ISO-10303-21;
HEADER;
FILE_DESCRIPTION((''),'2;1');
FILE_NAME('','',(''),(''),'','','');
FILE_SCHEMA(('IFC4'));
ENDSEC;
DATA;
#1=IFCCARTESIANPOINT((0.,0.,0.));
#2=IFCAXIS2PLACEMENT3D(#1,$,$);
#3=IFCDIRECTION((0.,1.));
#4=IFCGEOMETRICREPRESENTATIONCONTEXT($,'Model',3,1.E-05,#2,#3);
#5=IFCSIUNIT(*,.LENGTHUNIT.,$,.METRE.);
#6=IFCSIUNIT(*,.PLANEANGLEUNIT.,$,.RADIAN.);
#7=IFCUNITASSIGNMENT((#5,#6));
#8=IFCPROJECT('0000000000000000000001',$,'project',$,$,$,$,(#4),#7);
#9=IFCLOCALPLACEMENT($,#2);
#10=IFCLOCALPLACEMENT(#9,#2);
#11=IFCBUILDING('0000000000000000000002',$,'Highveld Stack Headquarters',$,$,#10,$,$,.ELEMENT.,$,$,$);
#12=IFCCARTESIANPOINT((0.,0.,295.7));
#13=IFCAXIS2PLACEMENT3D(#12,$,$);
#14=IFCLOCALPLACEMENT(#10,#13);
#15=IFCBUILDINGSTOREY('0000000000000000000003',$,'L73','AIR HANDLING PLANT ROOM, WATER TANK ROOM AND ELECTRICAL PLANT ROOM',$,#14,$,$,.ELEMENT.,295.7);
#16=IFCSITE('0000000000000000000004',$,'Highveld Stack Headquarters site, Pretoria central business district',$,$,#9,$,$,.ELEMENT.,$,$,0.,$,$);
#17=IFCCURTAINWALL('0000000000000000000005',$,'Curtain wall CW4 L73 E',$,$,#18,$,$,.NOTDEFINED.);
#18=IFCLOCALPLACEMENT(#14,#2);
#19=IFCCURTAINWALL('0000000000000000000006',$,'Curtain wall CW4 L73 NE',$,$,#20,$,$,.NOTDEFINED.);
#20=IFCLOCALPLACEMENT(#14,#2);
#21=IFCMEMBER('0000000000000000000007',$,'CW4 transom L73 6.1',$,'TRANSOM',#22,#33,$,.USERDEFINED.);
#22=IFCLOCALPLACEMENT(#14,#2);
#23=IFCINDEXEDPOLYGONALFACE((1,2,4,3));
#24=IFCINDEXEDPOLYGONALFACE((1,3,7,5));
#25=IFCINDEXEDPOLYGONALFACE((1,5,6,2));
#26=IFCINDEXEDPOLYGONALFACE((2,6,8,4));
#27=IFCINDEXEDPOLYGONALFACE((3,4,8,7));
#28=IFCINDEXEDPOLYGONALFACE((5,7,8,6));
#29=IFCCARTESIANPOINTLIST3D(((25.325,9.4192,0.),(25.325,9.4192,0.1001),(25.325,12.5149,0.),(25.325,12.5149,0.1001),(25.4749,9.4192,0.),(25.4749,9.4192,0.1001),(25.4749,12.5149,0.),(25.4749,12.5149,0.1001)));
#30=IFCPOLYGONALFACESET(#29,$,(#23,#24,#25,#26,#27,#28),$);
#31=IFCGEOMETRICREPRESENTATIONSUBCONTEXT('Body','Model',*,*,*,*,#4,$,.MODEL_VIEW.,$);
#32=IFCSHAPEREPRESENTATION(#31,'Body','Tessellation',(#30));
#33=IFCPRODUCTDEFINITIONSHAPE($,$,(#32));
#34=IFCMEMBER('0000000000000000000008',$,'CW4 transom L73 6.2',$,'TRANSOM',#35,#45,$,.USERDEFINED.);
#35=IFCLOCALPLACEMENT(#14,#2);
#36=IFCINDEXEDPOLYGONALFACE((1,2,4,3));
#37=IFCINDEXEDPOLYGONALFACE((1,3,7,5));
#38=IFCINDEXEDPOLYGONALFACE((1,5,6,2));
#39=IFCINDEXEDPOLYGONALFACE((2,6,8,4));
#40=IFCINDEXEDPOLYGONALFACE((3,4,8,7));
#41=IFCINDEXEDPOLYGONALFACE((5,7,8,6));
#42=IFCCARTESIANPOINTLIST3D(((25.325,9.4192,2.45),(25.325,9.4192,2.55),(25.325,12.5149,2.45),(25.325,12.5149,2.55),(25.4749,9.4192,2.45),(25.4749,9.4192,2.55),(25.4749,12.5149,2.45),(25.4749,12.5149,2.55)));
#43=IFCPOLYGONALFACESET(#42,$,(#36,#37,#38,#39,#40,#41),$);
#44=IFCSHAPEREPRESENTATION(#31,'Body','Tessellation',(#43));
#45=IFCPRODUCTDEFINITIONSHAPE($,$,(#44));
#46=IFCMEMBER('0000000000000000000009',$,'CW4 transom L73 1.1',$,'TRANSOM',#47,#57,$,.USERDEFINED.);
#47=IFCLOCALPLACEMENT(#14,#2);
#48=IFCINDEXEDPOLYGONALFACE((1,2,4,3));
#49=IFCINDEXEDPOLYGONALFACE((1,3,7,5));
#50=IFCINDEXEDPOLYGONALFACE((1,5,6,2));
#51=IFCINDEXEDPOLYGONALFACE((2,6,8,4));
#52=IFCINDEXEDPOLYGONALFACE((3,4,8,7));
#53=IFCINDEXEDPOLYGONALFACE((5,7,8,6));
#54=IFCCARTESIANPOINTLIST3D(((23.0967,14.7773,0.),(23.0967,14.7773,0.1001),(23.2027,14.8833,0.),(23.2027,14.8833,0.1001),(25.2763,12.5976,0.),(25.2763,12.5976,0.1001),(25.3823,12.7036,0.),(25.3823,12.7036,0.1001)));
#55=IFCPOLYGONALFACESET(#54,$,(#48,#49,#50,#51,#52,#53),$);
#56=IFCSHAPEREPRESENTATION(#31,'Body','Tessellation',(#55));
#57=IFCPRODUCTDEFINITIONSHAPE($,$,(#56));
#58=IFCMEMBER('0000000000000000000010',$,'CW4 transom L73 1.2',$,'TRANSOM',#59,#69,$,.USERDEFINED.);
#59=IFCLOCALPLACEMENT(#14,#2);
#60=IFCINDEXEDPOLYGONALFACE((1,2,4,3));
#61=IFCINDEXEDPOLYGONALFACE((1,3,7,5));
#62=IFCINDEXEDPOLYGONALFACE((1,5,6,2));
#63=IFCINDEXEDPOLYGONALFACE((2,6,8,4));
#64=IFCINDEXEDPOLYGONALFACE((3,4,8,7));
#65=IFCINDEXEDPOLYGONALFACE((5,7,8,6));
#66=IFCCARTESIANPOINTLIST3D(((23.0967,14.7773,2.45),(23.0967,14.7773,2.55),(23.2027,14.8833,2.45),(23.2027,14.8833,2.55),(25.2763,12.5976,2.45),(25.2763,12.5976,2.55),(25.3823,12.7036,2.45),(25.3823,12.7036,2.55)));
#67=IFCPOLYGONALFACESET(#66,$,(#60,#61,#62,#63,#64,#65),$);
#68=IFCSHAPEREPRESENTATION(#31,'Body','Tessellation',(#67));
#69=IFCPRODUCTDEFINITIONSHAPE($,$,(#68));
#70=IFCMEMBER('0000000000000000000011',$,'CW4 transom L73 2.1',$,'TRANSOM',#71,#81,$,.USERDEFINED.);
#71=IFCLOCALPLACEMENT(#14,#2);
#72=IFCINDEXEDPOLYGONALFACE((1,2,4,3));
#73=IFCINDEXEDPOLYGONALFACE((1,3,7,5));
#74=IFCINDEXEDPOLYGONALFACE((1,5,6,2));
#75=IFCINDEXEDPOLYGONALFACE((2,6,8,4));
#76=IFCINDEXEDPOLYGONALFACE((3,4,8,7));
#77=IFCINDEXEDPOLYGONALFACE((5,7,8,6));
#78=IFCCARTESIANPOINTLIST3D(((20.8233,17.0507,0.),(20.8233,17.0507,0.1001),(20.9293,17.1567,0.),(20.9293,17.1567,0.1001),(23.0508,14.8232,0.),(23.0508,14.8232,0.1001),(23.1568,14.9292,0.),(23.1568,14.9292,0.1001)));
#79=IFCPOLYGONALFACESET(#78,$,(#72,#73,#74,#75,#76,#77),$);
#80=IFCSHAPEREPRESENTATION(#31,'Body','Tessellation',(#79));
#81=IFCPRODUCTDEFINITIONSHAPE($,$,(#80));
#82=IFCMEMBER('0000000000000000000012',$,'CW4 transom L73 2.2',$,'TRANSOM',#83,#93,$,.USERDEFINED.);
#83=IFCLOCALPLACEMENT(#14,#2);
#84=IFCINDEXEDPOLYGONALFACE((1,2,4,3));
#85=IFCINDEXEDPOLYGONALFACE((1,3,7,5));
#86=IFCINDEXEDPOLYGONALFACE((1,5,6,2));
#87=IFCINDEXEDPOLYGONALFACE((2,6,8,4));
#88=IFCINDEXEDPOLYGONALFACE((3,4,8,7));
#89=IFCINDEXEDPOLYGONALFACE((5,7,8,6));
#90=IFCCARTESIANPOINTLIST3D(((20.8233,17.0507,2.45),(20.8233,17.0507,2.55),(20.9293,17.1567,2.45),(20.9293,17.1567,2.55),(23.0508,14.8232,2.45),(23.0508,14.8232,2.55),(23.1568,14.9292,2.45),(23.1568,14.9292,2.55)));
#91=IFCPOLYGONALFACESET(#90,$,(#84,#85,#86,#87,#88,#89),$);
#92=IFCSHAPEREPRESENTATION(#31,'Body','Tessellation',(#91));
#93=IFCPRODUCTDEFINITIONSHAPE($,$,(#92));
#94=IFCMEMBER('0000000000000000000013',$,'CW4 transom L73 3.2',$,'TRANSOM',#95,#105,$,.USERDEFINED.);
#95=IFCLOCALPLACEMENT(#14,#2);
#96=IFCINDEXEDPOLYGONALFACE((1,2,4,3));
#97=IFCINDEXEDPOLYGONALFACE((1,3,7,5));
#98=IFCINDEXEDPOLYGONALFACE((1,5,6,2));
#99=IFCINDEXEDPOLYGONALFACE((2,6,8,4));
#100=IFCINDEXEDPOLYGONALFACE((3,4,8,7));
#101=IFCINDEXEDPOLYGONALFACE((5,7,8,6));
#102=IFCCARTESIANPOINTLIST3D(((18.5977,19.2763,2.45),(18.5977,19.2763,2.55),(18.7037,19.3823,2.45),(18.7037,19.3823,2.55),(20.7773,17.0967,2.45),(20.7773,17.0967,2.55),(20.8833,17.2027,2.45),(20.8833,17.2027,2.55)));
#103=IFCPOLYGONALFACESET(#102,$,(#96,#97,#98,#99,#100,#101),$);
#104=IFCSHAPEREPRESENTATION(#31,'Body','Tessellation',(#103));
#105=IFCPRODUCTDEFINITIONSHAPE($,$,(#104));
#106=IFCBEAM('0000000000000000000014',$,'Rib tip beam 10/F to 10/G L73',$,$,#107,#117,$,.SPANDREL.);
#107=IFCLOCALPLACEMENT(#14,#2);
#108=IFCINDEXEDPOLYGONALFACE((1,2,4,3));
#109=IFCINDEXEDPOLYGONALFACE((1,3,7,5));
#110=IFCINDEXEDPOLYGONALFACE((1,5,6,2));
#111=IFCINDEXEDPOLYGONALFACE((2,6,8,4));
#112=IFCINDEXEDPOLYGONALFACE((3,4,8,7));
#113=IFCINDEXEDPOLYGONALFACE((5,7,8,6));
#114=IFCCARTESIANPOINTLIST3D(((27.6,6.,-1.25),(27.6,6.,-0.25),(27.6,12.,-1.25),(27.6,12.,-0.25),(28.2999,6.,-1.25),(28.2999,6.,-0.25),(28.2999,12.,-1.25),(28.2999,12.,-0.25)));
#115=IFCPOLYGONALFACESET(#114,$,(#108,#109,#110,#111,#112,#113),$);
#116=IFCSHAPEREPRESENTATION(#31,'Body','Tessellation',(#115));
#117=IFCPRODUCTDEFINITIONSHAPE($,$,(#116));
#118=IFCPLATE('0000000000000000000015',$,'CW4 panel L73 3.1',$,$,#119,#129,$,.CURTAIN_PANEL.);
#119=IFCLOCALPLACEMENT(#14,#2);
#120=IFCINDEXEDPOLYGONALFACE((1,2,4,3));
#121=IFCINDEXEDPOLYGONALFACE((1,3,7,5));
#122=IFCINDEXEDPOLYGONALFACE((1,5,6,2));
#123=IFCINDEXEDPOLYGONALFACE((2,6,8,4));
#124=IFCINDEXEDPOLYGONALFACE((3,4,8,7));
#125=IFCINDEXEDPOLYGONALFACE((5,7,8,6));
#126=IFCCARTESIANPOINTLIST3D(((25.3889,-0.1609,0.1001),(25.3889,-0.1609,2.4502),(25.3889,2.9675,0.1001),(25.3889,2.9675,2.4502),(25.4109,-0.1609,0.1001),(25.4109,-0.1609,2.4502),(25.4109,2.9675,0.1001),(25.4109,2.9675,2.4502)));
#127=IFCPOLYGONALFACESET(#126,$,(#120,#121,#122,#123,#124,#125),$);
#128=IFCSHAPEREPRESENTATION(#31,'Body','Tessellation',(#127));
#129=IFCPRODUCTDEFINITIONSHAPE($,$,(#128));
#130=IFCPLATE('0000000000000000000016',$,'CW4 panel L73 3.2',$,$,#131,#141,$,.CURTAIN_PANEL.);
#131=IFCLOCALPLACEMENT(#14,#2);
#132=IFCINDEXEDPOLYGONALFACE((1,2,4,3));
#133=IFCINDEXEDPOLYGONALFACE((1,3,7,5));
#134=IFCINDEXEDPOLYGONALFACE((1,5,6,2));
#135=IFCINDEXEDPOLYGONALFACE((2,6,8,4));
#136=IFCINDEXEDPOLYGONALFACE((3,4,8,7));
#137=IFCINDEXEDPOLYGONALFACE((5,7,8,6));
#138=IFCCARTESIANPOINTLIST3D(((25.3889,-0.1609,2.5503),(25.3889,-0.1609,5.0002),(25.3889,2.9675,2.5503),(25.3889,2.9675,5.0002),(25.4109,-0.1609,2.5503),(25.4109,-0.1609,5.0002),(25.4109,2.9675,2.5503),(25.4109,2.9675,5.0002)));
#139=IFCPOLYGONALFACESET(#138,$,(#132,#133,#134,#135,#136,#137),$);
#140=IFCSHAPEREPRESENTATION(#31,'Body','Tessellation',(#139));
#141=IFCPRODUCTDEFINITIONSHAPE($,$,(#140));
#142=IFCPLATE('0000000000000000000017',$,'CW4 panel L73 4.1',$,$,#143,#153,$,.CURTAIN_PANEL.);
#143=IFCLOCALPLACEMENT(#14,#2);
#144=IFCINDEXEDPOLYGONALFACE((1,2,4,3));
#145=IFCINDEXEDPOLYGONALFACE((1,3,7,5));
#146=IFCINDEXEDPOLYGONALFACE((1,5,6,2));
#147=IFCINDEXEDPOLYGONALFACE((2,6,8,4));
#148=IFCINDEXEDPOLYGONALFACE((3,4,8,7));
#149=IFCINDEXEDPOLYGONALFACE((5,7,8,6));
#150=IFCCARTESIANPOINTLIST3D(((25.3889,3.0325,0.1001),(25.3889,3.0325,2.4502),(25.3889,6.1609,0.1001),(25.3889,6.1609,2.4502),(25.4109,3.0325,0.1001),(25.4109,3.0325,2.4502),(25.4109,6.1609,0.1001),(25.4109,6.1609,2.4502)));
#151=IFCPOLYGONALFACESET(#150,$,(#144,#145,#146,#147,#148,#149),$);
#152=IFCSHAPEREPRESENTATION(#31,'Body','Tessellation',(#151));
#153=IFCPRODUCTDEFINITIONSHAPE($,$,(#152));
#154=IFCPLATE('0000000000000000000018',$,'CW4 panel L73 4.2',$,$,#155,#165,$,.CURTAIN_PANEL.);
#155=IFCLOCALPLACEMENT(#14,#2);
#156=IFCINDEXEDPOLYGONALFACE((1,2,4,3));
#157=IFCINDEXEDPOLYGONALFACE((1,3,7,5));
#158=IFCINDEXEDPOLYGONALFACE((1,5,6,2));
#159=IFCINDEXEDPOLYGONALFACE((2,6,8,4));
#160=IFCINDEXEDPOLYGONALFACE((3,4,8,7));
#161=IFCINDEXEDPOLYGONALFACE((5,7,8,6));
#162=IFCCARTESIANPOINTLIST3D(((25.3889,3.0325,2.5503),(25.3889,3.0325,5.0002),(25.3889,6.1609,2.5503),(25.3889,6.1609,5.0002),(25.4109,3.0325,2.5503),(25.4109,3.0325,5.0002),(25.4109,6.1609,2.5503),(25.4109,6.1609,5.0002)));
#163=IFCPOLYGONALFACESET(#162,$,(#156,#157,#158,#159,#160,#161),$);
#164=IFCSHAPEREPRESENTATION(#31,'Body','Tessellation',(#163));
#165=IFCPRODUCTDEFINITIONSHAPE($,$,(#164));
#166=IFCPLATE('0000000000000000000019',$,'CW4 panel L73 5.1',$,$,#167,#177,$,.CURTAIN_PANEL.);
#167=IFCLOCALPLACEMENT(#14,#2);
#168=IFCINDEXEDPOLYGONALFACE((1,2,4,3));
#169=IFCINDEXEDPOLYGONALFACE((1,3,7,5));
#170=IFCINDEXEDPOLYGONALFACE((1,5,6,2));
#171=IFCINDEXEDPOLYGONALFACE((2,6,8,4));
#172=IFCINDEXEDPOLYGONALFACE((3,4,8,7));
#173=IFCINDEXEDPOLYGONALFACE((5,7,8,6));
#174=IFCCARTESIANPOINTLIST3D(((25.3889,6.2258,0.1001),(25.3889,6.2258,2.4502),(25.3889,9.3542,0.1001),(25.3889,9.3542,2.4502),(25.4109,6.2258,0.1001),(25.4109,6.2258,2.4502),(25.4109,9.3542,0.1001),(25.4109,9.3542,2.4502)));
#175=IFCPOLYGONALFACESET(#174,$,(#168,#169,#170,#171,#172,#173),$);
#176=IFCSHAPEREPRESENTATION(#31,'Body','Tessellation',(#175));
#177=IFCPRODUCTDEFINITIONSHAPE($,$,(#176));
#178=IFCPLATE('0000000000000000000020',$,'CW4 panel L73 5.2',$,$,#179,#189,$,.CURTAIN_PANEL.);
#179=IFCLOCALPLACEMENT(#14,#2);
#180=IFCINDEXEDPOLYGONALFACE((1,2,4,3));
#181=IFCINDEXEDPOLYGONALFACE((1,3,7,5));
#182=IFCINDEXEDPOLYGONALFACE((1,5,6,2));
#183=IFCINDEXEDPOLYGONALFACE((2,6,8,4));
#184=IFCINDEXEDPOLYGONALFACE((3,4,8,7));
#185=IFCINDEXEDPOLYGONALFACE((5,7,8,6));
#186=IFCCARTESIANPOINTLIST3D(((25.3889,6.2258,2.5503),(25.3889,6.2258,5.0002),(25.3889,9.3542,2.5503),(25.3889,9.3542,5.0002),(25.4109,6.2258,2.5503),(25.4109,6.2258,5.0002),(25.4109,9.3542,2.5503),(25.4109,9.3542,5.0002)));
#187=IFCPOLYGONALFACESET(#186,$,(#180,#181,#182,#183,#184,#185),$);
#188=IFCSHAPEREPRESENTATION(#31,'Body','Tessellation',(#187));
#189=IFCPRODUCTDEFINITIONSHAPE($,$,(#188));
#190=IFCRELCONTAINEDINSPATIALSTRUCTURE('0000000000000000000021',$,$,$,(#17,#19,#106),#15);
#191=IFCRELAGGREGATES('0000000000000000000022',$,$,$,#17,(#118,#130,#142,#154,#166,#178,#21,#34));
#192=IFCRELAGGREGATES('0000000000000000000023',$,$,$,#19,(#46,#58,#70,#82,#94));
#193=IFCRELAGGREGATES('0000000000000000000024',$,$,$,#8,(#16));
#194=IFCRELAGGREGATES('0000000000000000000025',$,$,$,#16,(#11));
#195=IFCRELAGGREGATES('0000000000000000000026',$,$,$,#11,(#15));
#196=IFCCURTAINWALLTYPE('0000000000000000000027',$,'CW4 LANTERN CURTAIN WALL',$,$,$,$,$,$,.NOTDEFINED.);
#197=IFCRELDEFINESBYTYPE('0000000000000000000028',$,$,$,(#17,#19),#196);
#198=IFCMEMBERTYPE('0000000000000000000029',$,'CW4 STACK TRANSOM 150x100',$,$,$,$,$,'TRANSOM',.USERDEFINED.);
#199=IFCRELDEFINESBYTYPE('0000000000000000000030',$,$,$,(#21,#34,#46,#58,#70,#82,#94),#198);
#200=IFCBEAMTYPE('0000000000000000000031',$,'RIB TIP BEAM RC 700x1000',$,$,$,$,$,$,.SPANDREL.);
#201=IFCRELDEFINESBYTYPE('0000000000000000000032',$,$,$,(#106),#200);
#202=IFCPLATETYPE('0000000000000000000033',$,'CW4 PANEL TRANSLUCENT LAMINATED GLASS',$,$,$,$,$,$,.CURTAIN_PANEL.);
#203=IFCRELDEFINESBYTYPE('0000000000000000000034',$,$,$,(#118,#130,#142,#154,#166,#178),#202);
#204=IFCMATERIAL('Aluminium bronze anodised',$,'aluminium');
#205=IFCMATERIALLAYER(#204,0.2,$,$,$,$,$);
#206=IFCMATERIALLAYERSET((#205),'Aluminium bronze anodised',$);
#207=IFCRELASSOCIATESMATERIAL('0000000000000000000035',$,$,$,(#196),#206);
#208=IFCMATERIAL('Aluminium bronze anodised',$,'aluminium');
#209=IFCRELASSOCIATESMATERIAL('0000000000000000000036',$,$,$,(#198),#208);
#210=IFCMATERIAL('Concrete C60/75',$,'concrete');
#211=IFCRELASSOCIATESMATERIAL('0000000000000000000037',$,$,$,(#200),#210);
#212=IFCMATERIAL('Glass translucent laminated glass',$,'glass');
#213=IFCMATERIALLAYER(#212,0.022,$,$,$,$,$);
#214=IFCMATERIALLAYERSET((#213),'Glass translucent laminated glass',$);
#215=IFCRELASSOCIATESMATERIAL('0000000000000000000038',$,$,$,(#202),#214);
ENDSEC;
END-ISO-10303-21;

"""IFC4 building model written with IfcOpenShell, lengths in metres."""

from ifc_helpers import new_model, si_unit, direction, frame, origin, origin_2d, place, context, subcontext, project, spatial, rectangle, extrude, material, layer, layer_set, material_profile, profile_set, type_object, element, aggregate, save


model = new_model("IFC4")

# Units and contexts
model_context = context("Model", 3, precision=1e-05, world=origin(), true_north=direction((0.0, 1.0)))
body_context = subcontext(model_context, "Body", "Model", "MODEL_VIEW")
ifc_project = project(units=[si_unit("LENGTHUNIT", "METRE"), si_unit("PLANEANGLEUNIT", "RADIAN")], contexts=[model_context])

# Site, building, storey
site_placement = place(None, origin())
site = spatial("IfcSite", under=ifc_project, at=site_placement, Name="Highveld Stack Headquarters site, Pretoria central business district", CompositionType="ELEMENT", RefElevation=0.0)
building_placement = place(site_placement, origin())
building = spatial("IfcBuilding", under=site, at=building_placement, Name="Highveld Stack Headquarters", CompositionType="ELEMENT")
storey_placement = place(building_placement, frame((0.0, 0.0, 295.7)))
storey = spatial("IfcBuildingStorey", under=building, at=storey_placement, Name="L73", Description="AIR HANDLING PLANT ROOM, WATER TANK ROOM AND ELECTRICAL PLANT ROOM", CompositionType="ELEMENT", Elevation=295.7)

# Curtain walls
ifc_material_1 = material(Name="Aluminium bronze anodised", Category="aluminium")
ifc_layer_1 = layer(ifc_material_1, 0.2)
ifc_layer_set_1 = layer_set([ifc_layer_1], Name="Aluminium bronze anodised")
curtain_wall_type = type_object("IfcCurtainWallType", Name="CW4 LANTERN CURTAIN WALL", PredefinedType="NOTDEFINED", material=ifc_layer_set_1)
curtain_wall_1_placement = place(storey_placement, origin())
curtain_wall_1 = element("IfcCurtainWall", 1, at=curtain_wall_1_placement, inside=storey, type_object=curtain_wall_type, Name="Curtain wall CW4 L73 E", PredefinedType="NOTDEFINED")
curtain_wall_2_placement = place(storey_placement, origin())
curtain_wall_2 = element("IfcCurtainWall", 2, at=curtain_wall_2_placement, inside=storey, type_object=curtain_wall_type, Name="Curtain wall CW4 L73 NE", PredefinedType="NOTDEFINED")

# Members
ifc_material_2 = material(Name="Aluminium bronze anodised", Category="aluminium")
ifc_material_profile_1 = material_profile(ifc_material_2, rectangle(XDim=0.1499, YDim=0.1001, at=origin_2d()), Name="CW4 TRANSOM 150x100")
ifc_profile_set_1 = profile_set([ifc_material_profile_1], Name="Aluminium bronze anodised")
member_type_1 = type_object("IfcMemberType", Name="CW4 STACK TRANSOM 150x100", ElementType="TRANSOM", PredefinedType="USERDEFINED", material=ifc_profile_set_1)
member_1_placement = place(storey_placement, frame((25.3999, 9.4192, 0.05), z_axis=(0.0, 1.0, 0.0), x_axis=(-1.0, 0.0, 0.0)))
member_1 = element("IfcMember", 3, at=member_1_placement, type_object=member_type_1, Name="CW4 transom L73 6.1", ObjectType="TRANSOM", PredefinedType="USERDEFINED", context=body_context, shape_type="SweptSolid", body=[
    extrude(rectangle(XDim=0.1499, YDim=0.1001, at=origin_2d()), origin(), (0.0, 0.0, 1.0), 3.0957),
])
member_2_placement = place(storey_placement, frame((25.3999, 9.4192, 2.5), z_axis=(0.0, 1.0, 0.0), x_axis=(-1.0, 0.0, 0.0)))
member_2 = element("IfcMember", 4, at=member_2_placement, type_object=member_type_1, Name="CW4 transom L73 6.2", ObjectType="TRANSOM", PredefinedType="USERDEFINED", context=body_context, shape_type="SweptSolid", body=[
    extrude(rectangle(XDim=0.1499, YDim=0.1001, at=origin_2d()), origin(), (0.0, 0.0, 1.0), 3.0957),
])
member_3_placement = place(storey_placement, frame((25.3293, 12.6506, 0.05), z_axis=(-0.707107, 0.707107, 0.0), x_axis=(-0.707107, -0.707107, 0.0)))
member_3 = element("IfcMember", 5, at=member_3_placement, type_object=member_type_1, Name="CW4 transom L73 1.1", ObjectType="TRANSOM", PredefinedType="USERDEFINED", context=body_context, shape_type="SweptSolid", body=[
    extrude(rectangle(XDim=0.1499, YDim=0.1001, at=origin_2d()), origin(), (0.0, 0.0, 1.0), 3.0825),
])
member_4_placement = place(storey_placement, frame((25.3293, 12.6506, 2.5), z_axis=(-0.707107, 0.707107, 0.0), x_axis=(-0.707107, -0.707107, 0.0)))
member_4 = element("IfcMember", 6, at=member_4_placement, type_object=member_type_1, Name="CW4 transom L73 1.2", ObjectType="TRANSOM", PredefinedType="USERDEFINED", context=body_context, shape_type="SweptSolid", body=[
    extrude(rectangle(XDim=0.1499, YDim=0.1001, at=origin_2d()), origin(), (0.0, 0.0, 1.0), 3.0825),
])
member_5_placement = place(storey_placement, frame((23.1038, 14.8762, 0.05), z_axis=(-0.707107, 0.707107, 0.0), x_axis=(-0.707107, -0.707107, 0.0)))
member_5 = element("IfcMember", 7, at=member_5_placement, type_object=member_type_1, Name="CW4 transom L73 2.1", ObjectType="TRANSOM", PredefinedType="USERDEFINED", context=body_context, shape_type="SweptSolid", body=[
    extrude(rectangle(XDim=0.1499, YDim=0.1001, at=origin_2d()), origin(), (0.0, 0.0, 1.0), 3.1501),
])
member_6_placement = place(storey_placement, frame((23.1038, 14.8762, 2.5), z_axis=(-0.707107, 0.707107, 0.0), x_axis=(-0.707107, -0.707107, 0.0)))
member_6 = element("IfcMember", 8, at=member_6_placement, type_object=member_type_1, Name="CW4 transom L73 2.2", ObjectType="TRANSOM", PredefinedType="USERDEFINED", context=body_context, shape_type="SweptSolid", body=[
    extrude(rectangle(XDim=0.1499, YDim=0.1001, at=origin_2d()), origin(), (0.0, 0.0, 1.0), 3.1501),
])
member_7_placement = place(storey_placement, frame((20.8303, 17.1497, 2.5), z_axis=(-0.707107, 0.707107, 0.0), x_axis=(-0.707107, -0.707107, 0.0)))
member_7 = element("IfcMember", 9, at=member_7_placement, type_object=member_type_1, Name="CW4 transom L73 3.2", ObjectType="TRANSOM", PredefinedType="USERDEFINED", context=body_context, shape_type="SweptSolid", body=[
    extrude(rectangle(XDim=0.1499, YDim=0.1001, at=origin_2d()), origin(), (0.0, 0.0, 1.0), 3.0825),
])

# Beam
ifc_material_3 = material(Name="Concrete C60/75", Category="concrete")
ifc_material_profile_2 = material_profile(ifc_material_3, rectangle(XDim=0.7, YDim=1.0, at=origin_2d()), Name="RC 700x1000")
ifc_profile_set_2 = profile_set([ifc_material_profile_2], Name="Concrete C60/75")
beam_type_1 = type_object("IfcBeamType", Name="RIB TIP BEAM RC 700x1000", PredefinedType="SPANDREL", material=ifc_profile_set_2)
beam_placement = place(storey_placement, frame((27.95, 6.0, -0.75), z_axis=(0.0, 1.0, 0.0), x_axis=(-1.0, 0.0, 0.0)))
element("IfcBeam", 10, at=beam_placement, inside=storey, type_object=beam_type_1, Name="Rib tip beam 10/F to 10/G L73", PredefinedType="SPANDREL", context=body_context, shape_type="SweptSolid", body=[
    extrude(rectangle(XDim=0.7, YDim=1.0, at=origin_2d()), origin(), (0.0, 0.0, 1.0), 6.0),
])

# Plates
ifc_material_4 = material(Name="Glass translucent laminated glass", Category="glass")
ifc_layer_2 = layer(ifc_material_4, 0.022)
ifc_layer_set_2 = layer_set([ifc_layer_2], Name="Glass translucent laminated glass")
plate_type = type_object("IfcPlateType", Name="CW4 PANEL TRANSLUCENT LAMINATED GLASS", PredefinedType="CURTAIN_PANEL", material=ifc_layer_set_2)
plate_1_placement = place(storey_placement, frame((25.3999, 1.4033, 0.1001), z_axis=(0.0, 0.0, 1.0), x_axis=(0.0, 1.0, 0.0)))
plate_1 = element("IfcPlate", 11, at=plate_1_placement, type_object=plate_type, Name="CW4 panel L73 3.1", PredefinedType="CURTAIN_PANEL", context=body_context, shape_type="SweptSolid", body=[
    extrude(rectangle(XDim=3.1284, YDim=0.022, at=origin_2d()), origin(), (0.0, 0.0, 1.0), 2.3501),
])
plate_2_placement = place(storey_placement, frame((25.3999, 1.4033, 2.5503), z_axis=(0.0, 0.0, 1.0), x_axis=(0.0, 1.0, 0.0)))
plate_2 = element("IfcPlate", 12, at=plate_2_placement, type_object=plate_type, Name="CW4 panel L73 3.2", PredefinedType="CURTAIN_PANEL", context=body_context, shape_type="SweptSolid", body=[
    extrude(rectangle(XDim=3.1284, YDim=0.022, at=origin_2d()), origin(), (0.0, 0.0, 1.0), 2.45),
])
plate_3_placement = place(storey_placement, frame((25.3999, 4.5967, 0.1001), z_axis=(0.0, 0.0, 1.0), x_axis=(0.0, 1.0, 0.0)))
plate_3 = element("IfcPlate", 13, at=plate_3_placement, type_object=plate_type, Name="CW4 panel L73 4.1", PredefinedType="CURTAIN_PANEL", context=body_context, shape_type="SweptSolid", body=[
    extrude(rectangle(XDim=3.1284, YDim=0.022, at=origin_2d()), origin(), (0.0, 0.0, 1.0), 2.3501),
])
plate_4_placement = place(storey_placement, frame((25.3999, 4.5967, 2.5503), z_axis=(0.0, 0.0, 1.0), x_axis=(0.0, 1.0, 0.0)))
plate_4 = element("IfcPlate", 14, at=plate_4_placement, type_object=plate_type, Name="CW4 panel L73 4.2", PredefinedType="CURTAIN_PANEL", context=body_context, shape_type="SweptSolid", body=[
    extrude(rectangle(XDim=3.1284, YDim=0.022, at=origin_2d()), origin(), (0.0, 0.0, 1.0), 2.45),
])
plate_5_placement = place(storey_placement, frame((25.3999, 7.79, 0.1001), z_axis=(0.0, 0.0, 1.0), x_axis=(0.0, 1.0, 0.0)))
plate_5 = element("IfcPlate", 15, at=plate_5_placement, type_object=plate_type, Name="CW4 panel L73 5.1", PredefinedType="CURTAIN_PANEL", context=body_context, shape_type="SweptSolid", body=[
    extrude(rectangle(XDim=3.1284, YDim=0.022, at=origin_2d()), origin(), (0.0, 0.0, 1.0), 2.3501),
])
plate_6_placement = place(storey_placement, frame((25.3999, 7.79, 2.5503), z_axis=(0.0, 0.0, 1.0), x_axis=(0.0, 1.0, 0.0)))
plate_6 = element("IfcPlate", 16, at=plate_6_placement, type_object=plate_type, Name="CW4 panel L73 5.2", PredefinedType="CURTAIN_PANEL", context=body_context, shape_type="SweptSolid", body=[
    extrude(rectangle(XDim=3.1284, YDim=0.022, at=origin_2d()), origin(), (0.0, 0.0, 1.0), 2.45),
])
aggregate(curtain_wall_1, [plate_1, plate_2, plate_3, plate_4, plate_5, plate_6, member_1, member_2])
aggregate(curtain_wall_2, [member_3, member_4, member_5, member_6, member_7])

save(model, "model.ifc")
